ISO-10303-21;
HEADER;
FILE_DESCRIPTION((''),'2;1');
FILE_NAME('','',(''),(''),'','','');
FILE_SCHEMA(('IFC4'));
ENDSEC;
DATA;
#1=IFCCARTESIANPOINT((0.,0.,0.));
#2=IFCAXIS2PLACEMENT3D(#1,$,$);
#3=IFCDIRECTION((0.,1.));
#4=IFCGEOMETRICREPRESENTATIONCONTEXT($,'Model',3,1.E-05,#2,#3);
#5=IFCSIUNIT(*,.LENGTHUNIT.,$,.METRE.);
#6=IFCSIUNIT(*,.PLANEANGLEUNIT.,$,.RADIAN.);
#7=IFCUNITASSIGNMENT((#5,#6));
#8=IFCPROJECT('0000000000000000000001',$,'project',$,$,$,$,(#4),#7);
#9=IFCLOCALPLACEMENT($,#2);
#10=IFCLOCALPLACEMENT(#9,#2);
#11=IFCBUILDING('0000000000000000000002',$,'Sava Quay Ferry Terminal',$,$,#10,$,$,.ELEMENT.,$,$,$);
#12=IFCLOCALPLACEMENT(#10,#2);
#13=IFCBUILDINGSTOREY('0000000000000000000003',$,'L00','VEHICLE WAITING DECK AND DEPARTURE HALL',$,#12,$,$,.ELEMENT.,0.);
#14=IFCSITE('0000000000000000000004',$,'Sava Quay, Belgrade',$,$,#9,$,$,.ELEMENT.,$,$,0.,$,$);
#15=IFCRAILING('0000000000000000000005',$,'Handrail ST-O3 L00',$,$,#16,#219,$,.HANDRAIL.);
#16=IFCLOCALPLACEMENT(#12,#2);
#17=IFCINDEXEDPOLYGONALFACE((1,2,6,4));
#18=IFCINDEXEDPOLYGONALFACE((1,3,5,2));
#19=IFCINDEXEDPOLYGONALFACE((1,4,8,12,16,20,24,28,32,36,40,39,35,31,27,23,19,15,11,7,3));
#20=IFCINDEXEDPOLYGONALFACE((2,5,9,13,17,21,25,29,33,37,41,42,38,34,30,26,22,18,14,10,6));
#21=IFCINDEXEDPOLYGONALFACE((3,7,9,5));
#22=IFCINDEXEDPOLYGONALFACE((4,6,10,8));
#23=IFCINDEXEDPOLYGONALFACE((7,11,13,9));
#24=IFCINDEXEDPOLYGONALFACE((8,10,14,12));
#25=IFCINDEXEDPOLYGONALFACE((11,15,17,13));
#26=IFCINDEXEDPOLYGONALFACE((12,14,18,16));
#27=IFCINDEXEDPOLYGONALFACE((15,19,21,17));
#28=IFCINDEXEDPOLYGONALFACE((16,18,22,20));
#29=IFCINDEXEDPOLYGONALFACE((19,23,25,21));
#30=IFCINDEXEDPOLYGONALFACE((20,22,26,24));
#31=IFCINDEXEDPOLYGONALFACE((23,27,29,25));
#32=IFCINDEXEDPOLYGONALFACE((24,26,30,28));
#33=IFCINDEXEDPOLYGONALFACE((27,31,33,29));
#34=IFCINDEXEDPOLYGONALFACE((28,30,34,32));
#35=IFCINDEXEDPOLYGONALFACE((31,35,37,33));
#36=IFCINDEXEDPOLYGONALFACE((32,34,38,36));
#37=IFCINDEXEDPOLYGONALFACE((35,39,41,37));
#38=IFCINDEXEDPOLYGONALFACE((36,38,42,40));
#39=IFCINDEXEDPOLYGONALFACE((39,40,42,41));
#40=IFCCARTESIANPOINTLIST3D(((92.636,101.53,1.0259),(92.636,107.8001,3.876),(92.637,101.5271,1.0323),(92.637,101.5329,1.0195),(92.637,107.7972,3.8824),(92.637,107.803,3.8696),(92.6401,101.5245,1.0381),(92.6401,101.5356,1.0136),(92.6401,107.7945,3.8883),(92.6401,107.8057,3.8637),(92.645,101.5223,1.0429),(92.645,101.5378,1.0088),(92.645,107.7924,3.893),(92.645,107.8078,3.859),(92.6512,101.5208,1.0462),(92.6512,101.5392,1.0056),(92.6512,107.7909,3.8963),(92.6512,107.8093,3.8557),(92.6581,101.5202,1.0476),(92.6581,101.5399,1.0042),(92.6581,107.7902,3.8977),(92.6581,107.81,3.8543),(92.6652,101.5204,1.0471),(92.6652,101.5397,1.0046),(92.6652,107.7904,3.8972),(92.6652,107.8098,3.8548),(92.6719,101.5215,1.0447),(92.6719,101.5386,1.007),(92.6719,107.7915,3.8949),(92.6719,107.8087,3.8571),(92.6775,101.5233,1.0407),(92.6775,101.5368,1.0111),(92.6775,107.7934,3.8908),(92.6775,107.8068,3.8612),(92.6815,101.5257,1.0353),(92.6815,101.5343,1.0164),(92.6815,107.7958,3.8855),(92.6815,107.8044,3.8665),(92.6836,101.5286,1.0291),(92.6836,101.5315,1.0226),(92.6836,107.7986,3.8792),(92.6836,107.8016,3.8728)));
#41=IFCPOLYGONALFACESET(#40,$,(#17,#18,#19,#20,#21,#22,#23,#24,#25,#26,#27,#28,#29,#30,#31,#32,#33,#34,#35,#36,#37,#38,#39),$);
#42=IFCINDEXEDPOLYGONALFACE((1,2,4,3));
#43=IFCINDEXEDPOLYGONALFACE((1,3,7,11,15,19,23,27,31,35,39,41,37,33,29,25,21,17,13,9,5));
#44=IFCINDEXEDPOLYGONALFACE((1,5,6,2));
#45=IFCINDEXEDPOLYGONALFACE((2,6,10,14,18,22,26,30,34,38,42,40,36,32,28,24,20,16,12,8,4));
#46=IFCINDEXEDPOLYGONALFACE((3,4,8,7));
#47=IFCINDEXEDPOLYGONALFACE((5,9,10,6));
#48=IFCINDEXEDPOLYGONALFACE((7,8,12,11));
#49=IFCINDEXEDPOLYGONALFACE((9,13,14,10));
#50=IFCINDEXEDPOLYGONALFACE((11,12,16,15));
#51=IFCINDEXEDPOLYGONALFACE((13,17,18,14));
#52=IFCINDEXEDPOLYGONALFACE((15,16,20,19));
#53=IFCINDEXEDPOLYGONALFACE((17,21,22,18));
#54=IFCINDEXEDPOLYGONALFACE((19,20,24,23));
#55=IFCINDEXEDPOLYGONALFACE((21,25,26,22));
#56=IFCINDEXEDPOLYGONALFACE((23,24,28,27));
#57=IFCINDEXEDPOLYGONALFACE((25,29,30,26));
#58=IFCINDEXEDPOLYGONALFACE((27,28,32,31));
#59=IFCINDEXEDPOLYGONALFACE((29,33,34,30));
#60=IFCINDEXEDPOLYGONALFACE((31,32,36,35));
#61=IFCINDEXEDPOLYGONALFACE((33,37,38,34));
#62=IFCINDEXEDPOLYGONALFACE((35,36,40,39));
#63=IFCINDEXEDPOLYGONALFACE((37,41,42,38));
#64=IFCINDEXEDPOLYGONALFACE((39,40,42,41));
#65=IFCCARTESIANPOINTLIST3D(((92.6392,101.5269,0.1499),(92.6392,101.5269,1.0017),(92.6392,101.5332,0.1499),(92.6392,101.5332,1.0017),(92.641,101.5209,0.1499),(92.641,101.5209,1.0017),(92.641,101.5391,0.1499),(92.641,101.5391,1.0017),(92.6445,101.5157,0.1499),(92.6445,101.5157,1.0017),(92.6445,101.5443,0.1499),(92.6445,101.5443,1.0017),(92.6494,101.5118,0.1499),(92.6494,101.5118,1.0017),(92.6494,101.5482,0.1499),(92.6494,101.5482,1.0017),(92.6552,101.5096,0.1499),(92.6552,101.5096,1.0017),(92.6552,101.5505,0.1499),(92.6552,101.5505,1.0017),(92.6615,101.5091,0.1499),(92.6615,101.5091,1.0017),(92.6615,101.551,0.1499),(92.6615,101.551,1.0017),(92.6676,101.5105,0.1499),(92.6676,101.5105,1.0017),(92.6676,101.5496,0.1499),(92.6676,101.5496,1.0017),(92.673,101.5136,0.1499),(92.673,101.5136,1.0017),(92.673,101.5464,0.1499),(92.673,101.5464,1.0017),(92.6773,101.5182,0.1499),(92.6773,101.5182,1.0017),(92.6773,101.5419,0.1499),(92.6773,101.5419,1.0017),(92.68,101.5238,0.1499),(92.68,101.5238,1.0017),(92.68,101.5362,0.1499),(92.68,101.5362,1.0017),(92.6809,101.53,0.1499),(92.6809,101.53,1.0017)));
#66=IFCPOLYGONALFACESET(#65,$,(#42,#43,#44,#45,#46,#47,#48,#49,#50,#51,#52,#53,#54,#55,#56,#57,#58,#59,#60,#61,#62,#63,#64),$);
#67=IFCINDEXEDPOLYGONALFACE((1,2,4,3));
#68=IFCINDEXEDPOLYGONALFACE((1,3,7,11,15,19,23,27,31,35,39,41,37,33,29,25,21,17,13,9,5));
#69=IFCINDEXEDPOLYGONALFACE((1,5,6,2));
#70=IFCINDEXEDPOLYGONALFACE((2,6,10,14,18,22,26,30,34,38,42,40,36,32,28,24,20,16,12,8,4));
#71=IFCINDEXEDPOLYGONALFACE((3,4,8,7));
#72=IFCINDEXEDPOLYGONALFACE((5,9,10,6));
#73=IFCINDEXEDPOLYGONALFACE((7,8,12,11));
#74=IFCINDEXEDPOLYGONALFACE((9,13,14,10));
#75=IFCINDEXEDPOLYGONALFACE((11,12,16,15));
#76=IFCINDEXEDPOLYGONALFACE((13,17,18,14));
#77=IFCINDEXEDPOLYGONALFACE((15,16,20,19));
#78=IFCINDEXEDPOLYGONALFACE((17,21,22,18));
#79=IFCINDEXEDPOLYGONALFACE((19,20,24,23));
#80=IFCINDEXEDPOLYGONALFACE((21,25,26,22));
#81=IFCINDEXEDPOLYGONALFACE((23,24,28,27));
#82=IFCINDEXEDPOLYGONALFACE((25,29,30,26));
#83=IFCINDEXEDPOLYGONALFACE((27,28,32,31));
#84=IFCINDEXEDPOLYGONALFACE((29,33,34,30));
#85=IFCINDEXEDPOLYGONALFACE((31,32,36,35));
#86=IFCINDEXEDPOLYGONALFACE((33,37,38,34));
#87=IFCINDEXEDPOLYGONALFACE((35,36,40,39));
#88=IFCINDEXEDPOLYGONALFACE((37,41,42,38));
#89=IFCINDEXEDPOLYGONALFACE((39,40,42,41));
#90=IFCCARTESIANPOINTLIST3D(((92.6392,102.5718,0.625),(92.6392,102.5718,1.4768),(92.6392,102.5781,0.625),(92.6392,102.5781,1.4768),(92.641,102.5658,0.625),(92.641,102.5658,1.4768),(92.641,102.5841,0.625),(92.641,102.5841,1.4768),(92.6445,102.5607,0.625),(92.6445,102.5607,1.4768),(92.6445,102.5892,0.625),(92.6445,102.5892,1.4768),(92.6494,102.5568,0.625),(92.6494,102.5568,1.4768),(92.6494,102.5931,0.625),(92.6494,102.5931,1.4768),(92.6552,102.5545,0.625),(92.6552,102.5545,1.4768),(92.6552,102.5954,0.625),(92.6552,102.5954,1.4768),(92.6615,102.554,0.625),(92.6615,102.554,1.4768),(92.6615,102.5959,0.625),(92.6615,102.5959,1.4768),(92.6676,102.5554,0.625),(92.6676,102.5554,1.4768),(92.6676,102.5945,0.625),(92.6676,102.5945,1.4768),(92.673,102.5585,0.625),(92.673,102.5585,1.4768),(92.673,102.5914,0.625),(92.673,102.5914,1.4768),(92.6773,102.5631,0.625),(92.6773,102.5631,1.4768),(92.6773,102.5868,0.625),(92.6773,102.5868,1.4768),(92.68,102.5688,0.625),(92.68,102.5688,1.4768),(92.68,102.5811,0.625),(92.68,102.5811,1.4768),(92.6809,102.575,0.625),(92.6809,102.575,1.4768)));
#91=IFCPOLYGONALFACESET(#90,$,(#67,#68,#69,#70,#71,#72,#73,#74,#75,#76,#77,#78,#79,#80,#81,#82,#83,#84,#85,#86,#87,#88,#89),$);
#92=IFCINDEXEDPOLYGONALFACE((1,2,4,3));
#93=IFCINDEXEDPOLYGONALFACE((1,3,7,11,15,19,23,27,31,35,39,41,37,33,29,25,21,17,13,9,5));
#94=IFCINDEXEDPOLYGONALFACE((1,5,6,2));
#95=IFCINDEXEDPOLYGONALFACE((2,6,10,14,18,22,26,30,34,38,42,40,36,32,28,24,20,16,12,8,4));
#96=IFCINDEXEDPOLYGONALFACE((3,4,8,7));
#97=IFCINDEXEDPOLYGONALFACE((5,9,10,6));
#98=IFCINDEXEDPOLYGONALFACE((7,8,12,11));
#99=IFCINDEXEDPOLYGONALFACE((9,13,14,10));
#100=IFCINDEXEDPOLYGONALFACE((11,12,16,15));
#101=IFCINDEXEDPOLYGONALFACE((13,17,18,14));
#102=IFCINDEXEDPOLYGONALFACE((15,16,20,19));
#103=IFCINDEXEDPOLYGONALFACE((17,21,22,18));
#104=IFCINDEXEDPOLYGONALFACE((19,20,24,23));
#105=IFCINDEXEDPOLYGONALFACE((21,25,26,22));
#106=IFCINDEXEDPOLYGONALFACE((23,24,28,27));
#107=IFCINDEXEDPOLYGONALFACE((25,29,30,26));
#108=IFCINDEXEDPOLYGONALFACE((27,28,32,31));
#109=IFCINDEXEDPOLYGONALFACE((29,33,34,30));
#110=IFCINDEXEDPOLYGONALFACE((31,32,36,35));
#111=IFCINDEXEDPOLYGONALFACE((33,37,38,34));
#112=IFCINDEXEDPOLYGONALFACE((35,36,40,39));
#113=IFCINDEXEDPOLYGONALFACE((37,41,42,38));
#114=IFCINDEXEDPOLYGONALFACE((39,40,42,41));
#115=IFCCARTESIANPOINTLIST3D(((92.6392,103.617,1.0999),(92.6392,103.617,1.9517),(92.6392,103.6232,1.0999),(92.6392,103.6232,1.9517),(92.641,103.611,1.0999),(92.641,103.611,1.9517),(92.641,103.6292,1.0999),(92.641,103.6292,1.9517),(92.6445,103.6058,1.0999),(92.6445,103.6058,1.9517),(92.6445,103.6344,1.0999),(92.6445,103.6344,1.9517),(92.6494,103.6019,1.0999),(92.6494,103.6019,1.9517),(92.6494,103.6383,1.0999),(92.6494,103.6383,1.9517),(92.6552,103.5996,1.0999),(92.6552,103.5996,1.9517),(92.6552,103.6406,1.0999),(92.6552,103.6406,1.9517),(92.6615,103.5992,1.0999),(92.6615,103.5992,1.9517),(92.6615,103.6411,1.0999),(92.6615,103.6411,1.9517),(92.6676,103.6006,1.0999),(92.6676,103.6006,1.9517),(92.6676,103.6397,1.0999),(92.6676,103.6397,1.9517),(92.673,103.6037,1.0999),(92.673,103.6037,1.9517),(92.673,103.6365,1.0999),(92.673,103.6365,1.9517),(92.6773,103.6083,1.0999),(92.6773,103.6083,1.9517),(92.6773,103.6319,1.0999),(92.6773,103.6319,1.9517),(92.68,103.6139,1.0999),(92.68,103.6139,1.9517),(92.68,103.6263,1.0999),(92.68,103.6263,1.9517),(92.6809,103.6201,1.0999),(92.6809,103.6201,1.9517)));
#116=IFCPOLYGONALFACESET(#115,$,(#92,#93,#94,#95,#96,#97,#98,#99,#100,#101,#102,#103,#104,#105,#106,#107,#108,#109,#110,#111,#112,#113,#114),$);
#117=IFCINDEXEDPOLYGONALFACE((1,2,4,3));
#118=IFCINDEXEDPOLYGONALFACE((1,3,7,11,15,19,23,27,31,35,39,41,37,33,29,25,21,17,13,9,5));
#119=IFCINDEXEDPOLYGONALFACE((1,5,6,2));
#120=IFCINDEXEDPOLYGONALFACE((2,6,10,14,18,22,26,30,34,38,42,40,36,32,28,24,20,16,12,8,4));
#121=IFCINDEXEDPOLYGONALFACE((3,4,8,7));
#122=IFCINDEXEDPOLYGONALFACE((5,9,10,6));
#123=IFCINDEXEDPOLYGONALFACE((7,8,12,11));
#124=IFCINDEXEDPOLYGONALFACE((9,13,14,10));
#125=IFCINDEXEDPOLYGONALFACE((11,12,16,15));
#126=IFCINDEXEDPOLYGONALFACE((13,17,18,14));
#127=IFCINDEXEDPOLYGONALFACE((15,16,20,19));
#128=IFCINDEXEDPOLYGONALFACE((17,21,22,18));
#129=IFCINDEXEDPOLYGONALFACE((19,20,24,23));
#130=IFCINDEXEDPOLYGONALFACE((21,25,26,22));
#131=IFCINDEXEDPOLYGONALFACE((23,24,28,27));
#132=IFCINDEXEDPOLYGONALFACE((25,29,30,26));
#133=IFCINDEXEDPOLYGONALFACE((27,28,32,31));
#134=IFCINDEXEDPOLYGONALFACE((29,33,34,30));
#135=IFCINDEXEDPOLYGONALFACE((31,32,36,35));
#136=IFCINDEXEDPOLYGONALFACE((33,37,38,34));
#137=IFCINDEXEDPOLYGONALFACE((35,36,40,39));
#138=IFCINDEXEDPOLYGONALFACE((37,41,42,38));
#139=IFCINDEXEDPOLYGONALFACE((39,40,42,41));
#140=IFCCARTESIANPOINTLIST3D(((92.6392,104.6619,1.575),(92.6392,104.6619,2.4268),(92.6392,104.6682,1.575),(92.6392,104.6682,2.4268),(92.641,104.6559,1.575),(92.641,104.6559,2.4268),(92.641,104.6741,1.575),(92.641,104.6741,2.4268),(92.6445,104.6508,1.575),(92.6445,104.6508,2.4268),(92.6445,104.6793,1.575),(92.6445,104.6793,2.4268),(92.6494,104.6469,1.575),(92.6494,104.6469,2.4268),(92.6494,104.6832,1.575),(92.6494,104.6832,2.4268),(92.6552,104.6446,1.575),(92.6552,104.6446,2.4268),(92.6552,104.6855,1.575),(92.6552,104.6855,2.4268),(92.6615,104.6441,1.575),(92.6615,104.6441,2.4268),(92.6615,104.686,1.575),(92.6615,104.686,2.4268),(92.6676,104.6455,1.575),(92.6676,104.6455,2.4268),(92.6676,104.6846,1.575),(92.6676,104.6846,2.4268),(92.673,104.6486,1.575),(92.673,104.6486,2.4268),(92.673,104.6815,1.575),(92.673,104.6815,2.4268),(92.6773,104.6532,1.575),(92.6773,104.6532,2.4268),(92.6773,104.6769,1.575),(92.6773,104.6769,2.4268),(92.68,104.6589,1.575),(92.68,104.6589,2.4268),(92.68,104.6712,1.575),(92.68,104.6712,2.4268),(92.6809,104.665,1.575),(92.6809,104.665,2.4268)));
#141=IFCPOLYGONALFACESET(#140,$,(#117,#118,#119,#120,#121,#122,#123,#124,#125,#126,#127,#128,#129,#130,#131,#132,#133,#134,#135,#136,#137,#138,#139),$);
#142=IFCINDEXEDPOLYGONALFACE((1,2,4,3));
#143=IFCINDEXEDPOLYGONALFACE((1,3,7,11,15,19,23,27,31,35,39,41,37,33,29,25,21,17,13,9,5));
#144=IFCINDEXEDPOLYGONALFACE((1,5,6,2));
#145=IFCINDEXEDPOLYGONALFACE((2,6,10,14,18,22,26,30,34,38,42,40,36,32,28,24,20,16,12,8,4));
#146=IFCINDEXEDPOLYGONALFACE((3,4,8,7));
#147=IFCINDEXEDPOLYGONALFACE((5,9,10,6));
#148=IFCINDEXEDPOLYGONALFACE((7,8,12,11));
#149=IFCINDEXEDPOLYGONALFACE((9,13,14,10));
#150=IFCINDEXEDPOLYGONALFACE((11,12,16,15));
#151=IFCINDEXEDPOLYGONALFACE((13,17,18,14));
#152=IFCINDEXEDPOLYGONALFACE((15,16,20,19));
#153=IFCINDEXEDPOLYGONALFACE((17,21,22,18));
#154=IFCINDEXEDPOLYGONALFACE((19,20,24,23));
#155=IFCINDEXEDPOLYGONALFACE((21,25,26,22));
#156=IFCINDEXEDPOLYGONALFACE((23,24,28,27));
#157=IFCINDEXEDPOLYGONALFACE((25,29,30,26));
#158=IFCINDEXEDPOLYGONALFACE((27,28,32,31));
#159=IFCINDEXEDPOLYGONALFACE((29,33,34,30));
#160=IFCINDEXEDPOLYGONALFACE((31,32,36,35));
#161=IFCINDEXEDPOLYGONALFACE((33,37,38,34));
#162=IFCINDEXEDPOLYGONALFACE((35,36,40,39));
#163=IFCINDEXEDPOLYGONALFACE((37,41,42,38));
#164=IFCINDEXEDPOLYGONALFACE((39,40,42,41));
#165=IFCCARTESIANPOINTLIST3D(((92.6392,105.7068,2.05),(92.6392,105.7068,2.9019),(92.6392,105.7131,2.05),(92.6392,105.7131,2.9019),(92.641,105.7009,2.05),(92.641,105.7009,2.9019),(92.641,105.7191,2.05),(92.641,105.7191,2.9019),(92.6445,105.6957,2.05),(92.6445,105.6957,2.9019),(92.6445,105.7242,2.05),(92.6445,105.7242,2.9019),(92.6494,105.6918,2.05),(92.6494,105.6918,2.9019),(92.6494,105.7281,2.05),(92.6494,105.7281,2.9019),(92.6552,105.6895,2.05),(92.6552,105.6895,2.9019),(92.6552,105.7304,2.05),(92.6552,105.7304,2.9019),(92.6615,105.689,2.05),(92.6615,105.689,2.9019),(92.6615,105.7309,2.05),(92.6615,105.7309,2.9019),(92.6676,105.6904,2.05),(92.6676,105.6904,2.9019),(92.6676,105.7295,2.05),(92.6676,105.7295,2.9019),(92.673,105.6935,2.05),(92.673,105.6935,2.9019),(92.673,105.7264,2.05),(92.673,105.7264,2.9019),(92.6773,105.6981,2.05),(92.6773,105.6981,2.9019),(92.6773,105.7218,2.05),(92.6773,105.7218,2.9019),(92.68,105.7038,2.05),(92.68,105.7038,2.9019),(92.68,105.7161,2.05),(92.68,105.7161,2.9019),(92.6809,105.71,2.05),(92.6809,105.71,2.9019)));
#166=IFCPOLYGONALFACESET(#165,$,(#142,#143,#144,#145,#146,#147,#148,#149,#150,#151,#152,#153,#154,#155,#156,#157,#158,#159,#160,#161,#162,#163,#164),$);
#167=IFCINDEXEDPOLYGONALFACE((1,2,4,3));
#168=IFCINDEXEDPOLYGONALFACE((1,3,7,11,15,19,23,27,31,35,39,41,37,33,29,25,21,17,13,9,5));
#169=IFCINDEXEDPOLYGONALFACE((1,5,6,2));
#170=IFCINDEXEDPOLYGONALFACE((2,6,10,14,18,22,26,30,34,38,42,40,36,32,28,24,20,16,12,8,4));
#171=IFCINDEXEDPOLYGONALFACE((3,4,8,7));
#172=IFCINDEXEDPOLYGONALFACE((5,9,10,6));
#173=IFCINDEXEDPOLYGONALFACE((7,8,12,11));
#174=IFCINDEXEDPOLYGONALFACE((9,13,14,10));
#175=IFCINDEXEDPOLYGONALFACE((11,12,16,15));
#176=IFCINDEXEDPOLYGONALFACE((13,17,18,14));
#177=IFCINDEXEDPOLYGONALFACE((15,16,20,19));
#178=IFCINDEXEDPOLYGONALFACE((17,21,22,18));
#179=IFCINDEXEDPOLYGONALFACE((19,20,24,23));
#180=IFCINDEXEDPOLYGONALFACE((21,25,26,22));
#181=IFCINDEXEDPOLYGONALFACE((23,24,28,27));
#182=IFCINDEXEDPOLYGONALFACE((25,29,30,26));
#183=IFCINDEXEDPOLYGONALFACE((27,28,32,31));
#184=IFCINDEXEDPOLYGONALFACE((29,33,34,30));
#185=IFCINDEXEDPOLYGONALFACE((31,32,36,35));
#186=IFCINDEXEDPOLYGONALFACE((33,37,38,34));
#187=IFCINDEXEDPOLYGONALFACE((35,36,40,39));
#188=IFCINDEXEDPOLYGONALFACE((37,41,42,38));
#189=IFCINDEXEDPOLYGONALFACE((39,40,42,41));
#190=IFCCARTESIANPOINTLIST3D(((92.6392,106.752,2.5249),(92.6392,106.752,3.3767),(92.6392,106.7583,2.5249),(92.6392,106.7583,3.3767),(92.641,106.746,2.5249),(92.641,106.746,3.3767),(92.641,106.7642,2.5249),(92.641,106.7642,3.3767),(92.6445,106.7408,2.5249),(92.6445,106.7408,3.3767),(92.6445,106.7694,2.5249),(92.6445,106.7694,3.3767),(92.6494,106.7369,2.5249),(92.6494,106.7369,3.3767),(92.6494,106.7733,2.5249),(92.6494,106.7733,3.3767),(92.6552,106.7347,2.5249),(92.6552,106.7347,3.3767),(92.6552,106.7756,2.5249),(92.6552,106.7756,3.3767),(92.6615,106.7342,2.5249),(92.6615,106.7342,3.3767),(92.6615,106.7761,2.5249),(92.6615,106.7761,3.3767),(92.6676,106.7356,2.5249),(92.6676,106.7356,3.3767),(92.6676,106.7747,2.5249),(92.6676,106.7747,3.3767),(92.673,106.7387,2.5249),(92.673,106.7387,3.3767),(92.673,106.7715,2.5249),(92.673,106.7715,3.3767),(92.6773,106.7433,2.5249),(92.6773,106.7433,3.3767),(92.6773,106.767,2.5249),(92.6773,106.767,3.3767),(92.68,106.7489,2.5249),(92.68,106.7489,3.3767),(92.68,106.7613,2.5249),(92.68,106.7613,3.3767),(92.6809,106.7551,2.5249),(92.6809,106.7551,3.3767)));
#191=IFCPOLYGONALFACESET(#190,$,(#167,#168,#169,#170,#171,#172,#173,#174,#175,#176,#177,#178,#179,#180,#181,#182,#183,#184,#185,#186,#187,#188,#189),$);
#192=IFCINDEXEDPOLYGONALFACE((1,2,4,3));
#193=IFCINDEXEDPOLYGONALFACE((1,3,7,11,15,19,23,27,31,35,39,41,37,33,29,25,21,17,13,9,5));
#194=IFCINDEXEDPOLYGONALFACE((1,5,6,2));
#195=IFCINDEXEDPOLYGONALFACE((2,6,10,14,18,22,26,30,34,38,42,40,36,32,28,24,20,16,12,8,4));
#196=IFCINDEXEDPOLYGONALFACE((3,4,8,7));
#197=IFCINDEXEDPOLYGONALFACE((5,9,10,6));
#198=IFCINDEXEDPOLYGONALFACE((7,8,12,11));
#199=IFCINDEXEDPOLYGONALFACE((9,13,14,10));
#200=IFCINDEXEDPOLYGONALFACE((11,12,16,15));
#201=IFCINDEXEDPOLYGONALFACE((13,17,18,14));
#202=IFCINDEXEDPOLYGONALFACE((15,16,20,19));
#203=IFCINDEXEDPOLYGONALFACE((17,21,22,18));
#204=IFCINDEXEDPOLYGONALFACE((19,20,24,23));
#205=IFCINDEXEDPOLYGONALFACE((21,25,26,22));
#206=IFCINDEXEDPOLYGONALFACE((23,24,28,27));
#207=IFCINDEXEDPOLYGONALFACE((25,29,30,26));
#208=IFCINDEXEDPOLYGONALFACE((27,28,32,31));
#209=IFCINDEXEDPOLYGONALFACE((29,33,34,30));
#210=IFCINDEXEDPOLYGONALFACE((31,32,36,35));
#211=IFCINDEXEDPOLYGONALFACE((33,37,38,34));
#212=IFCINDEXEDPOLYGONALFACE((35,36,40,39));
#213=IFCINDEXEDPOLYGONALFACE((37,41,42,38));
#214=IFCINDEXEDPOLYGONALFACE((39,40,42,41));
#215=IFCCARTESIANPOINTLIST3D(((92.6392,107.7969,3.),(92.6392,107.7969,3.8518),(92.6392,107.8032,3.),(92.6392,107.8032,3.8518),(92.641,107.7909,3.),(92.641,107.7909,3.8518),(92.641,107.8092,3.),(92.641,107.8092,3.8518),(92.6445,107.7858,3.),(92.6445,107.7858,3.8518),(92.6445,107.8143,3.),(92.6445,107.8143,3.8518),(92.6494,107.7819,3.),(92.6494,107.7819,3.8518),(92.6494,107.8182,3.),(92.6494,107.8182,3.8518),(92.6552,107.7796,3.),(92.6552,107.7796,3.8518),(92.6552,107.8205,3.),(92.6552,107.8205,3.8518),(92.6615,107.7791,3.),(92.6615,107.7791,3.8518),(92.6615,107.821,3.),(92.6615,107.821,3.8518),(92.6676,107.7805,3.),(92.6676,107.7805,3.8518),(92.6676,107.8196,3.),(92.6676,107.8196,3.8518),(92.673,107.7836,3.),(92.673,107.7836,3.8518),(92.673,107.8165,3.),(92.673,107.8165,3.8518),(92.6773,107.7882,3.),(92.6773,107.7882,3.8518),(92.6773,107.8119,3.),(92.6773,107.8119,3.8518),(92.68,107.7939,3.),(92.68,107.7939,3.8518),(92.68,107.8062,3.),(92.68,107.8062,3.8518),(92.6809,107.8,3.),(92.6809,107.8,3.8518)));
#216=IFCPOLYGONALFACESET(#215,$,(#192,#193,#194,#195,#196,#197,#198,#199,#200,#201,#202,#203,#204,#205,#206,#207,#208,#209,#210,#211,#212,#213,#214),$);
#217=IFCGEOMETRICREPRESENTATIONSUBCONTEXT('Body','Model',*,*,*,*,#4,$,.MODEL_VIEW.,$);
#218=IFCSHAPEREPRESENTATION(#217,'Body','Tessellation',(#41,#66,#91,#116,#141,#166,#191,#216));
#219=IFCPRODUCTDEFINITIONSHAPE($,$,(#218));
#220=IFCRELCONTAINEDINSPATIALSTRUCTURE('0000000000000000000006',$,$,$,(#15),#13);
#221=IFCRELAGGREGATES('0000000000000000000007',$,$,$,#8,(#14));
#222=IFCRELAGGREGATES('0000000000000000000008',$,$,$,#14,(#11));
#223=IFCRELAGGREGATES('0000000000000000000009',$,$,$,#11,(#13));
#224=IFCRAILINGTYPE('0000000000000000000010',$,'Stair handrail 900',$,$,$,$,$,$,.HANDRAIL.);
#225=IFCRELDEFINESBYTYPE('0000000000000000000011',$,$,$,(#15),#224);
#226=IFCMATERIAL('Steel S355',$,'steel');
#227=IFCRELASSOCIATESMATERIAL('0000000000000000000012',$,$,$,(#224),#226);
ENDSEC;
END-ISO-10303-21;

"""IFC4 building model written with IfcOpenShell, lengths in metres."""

from ifc_helpers import new_model, si_unit, direction, frame, origin, origin_2d, place, context, subcontext, project, spatial, circle, extrude, material, type_object, element, save


model = new_model("IFC4")

# Units and contexts
model_context = context("Model", 3, precision=1e-05, world=origin(), true_north=direction((0.0, 1.0)))
body_context = subcontext(model_context, "Body", "Model", "MODEL_VIEW")
ifc_project = project(units=[si_unit("LENGTHUNIT", "METRE"), si_unit("PLANEANGLEUNIT", "RADIAN")], contexts=[model_context])

# Site, building, storey
site_placement = place(None, origin())
site = spatial("IfcSite", under=ifc_project, at=site_placement, Name="Sava Quay, Belgrade", CompositionType="ELEMENT", RefElevation=0.0)
building_placement = place(site_placement, origin())
building = spatial("IfcBuilding", under=site, at=building_placement, Name="Sava Quay Ferry Terminal", CompositionType="ELEMENT")
storey_placement = place(building_placement, origin())
storey = spatial("IfcBuildingStorey", under=building, at=storey_placement, Name="L00", Description="VEHICLE WAITING DECK AND DEPARTURE HALL", CompositionType="ELEMENT", Elevation=0.0)

# Railing
ifc_material_1 = material(Name="Steel S355", Category="steel")
railing_type_1 = type_object("IfcRailingType", Name="Stair handrail 900", PredefinedType="HANDRAIL", material=ifc_material_1)
railing_1_placement = place(storey_placement, frame((92.6599, 101.53, 0.1499)))
element("IfcRailing", 1, at=railing_1_placement, inside=storey, type_object=railing_type_1, Name="Handrail ST-O3 L00", PredefinedType="HANDRAIL", context=body_context, shape_type="SweptSolid", body=[
    extrude(circle(Radius=0.0239, at=origin_2d()), frame((0.0, 0.0, 0.876), z_axis=(0.0, 0.910362, 0.413814), x_axis=(-1.0, 0.0, 0.0)), (0.0, 0.0, 1.0), 6.8875),
    extrude(circle(Radius=0.021, at=origin_2d()), origin(), (0.0, 0.0, 1.0), 0.8518),
    extrude(circle(Radius=0.021, at=origin_2d()), frame((0.0, 1.0449, 0.4751)), (0.0, 0.0, 1.0), 0.8518),
    extrude(circle(Radius=0.021, at=origin_2d()), frame((0.0, 2.0901, 0.95)), (0.0, 0.0, 1.0), 0.8518),
    extrude(circle(Radius=0.021, at=origin_2d()), frame((0.0, 3.135, 1.425)), (0.0, 0.0, 1.0), 0.8518),
    extrude(circle(Radius=0.021, at=origin_2d()), frame((0.0, 4.1799, 1.9001)), (0.0, 0.0, 1.0), 0.8518),
    extrude(circle(Radius=0.021, at=origin_2d()), frame((0.0, 5.2251, 2.375)), (0.0, 0.0, 1.0), 0.8518),
    extrude(circle(Radius=0.021, at=origin_2d()), frame((0.0, 6.27, 2.8501)), (0.0, 0.0, 1.0), 0.8518),
])

save(model, "model.ifc")
